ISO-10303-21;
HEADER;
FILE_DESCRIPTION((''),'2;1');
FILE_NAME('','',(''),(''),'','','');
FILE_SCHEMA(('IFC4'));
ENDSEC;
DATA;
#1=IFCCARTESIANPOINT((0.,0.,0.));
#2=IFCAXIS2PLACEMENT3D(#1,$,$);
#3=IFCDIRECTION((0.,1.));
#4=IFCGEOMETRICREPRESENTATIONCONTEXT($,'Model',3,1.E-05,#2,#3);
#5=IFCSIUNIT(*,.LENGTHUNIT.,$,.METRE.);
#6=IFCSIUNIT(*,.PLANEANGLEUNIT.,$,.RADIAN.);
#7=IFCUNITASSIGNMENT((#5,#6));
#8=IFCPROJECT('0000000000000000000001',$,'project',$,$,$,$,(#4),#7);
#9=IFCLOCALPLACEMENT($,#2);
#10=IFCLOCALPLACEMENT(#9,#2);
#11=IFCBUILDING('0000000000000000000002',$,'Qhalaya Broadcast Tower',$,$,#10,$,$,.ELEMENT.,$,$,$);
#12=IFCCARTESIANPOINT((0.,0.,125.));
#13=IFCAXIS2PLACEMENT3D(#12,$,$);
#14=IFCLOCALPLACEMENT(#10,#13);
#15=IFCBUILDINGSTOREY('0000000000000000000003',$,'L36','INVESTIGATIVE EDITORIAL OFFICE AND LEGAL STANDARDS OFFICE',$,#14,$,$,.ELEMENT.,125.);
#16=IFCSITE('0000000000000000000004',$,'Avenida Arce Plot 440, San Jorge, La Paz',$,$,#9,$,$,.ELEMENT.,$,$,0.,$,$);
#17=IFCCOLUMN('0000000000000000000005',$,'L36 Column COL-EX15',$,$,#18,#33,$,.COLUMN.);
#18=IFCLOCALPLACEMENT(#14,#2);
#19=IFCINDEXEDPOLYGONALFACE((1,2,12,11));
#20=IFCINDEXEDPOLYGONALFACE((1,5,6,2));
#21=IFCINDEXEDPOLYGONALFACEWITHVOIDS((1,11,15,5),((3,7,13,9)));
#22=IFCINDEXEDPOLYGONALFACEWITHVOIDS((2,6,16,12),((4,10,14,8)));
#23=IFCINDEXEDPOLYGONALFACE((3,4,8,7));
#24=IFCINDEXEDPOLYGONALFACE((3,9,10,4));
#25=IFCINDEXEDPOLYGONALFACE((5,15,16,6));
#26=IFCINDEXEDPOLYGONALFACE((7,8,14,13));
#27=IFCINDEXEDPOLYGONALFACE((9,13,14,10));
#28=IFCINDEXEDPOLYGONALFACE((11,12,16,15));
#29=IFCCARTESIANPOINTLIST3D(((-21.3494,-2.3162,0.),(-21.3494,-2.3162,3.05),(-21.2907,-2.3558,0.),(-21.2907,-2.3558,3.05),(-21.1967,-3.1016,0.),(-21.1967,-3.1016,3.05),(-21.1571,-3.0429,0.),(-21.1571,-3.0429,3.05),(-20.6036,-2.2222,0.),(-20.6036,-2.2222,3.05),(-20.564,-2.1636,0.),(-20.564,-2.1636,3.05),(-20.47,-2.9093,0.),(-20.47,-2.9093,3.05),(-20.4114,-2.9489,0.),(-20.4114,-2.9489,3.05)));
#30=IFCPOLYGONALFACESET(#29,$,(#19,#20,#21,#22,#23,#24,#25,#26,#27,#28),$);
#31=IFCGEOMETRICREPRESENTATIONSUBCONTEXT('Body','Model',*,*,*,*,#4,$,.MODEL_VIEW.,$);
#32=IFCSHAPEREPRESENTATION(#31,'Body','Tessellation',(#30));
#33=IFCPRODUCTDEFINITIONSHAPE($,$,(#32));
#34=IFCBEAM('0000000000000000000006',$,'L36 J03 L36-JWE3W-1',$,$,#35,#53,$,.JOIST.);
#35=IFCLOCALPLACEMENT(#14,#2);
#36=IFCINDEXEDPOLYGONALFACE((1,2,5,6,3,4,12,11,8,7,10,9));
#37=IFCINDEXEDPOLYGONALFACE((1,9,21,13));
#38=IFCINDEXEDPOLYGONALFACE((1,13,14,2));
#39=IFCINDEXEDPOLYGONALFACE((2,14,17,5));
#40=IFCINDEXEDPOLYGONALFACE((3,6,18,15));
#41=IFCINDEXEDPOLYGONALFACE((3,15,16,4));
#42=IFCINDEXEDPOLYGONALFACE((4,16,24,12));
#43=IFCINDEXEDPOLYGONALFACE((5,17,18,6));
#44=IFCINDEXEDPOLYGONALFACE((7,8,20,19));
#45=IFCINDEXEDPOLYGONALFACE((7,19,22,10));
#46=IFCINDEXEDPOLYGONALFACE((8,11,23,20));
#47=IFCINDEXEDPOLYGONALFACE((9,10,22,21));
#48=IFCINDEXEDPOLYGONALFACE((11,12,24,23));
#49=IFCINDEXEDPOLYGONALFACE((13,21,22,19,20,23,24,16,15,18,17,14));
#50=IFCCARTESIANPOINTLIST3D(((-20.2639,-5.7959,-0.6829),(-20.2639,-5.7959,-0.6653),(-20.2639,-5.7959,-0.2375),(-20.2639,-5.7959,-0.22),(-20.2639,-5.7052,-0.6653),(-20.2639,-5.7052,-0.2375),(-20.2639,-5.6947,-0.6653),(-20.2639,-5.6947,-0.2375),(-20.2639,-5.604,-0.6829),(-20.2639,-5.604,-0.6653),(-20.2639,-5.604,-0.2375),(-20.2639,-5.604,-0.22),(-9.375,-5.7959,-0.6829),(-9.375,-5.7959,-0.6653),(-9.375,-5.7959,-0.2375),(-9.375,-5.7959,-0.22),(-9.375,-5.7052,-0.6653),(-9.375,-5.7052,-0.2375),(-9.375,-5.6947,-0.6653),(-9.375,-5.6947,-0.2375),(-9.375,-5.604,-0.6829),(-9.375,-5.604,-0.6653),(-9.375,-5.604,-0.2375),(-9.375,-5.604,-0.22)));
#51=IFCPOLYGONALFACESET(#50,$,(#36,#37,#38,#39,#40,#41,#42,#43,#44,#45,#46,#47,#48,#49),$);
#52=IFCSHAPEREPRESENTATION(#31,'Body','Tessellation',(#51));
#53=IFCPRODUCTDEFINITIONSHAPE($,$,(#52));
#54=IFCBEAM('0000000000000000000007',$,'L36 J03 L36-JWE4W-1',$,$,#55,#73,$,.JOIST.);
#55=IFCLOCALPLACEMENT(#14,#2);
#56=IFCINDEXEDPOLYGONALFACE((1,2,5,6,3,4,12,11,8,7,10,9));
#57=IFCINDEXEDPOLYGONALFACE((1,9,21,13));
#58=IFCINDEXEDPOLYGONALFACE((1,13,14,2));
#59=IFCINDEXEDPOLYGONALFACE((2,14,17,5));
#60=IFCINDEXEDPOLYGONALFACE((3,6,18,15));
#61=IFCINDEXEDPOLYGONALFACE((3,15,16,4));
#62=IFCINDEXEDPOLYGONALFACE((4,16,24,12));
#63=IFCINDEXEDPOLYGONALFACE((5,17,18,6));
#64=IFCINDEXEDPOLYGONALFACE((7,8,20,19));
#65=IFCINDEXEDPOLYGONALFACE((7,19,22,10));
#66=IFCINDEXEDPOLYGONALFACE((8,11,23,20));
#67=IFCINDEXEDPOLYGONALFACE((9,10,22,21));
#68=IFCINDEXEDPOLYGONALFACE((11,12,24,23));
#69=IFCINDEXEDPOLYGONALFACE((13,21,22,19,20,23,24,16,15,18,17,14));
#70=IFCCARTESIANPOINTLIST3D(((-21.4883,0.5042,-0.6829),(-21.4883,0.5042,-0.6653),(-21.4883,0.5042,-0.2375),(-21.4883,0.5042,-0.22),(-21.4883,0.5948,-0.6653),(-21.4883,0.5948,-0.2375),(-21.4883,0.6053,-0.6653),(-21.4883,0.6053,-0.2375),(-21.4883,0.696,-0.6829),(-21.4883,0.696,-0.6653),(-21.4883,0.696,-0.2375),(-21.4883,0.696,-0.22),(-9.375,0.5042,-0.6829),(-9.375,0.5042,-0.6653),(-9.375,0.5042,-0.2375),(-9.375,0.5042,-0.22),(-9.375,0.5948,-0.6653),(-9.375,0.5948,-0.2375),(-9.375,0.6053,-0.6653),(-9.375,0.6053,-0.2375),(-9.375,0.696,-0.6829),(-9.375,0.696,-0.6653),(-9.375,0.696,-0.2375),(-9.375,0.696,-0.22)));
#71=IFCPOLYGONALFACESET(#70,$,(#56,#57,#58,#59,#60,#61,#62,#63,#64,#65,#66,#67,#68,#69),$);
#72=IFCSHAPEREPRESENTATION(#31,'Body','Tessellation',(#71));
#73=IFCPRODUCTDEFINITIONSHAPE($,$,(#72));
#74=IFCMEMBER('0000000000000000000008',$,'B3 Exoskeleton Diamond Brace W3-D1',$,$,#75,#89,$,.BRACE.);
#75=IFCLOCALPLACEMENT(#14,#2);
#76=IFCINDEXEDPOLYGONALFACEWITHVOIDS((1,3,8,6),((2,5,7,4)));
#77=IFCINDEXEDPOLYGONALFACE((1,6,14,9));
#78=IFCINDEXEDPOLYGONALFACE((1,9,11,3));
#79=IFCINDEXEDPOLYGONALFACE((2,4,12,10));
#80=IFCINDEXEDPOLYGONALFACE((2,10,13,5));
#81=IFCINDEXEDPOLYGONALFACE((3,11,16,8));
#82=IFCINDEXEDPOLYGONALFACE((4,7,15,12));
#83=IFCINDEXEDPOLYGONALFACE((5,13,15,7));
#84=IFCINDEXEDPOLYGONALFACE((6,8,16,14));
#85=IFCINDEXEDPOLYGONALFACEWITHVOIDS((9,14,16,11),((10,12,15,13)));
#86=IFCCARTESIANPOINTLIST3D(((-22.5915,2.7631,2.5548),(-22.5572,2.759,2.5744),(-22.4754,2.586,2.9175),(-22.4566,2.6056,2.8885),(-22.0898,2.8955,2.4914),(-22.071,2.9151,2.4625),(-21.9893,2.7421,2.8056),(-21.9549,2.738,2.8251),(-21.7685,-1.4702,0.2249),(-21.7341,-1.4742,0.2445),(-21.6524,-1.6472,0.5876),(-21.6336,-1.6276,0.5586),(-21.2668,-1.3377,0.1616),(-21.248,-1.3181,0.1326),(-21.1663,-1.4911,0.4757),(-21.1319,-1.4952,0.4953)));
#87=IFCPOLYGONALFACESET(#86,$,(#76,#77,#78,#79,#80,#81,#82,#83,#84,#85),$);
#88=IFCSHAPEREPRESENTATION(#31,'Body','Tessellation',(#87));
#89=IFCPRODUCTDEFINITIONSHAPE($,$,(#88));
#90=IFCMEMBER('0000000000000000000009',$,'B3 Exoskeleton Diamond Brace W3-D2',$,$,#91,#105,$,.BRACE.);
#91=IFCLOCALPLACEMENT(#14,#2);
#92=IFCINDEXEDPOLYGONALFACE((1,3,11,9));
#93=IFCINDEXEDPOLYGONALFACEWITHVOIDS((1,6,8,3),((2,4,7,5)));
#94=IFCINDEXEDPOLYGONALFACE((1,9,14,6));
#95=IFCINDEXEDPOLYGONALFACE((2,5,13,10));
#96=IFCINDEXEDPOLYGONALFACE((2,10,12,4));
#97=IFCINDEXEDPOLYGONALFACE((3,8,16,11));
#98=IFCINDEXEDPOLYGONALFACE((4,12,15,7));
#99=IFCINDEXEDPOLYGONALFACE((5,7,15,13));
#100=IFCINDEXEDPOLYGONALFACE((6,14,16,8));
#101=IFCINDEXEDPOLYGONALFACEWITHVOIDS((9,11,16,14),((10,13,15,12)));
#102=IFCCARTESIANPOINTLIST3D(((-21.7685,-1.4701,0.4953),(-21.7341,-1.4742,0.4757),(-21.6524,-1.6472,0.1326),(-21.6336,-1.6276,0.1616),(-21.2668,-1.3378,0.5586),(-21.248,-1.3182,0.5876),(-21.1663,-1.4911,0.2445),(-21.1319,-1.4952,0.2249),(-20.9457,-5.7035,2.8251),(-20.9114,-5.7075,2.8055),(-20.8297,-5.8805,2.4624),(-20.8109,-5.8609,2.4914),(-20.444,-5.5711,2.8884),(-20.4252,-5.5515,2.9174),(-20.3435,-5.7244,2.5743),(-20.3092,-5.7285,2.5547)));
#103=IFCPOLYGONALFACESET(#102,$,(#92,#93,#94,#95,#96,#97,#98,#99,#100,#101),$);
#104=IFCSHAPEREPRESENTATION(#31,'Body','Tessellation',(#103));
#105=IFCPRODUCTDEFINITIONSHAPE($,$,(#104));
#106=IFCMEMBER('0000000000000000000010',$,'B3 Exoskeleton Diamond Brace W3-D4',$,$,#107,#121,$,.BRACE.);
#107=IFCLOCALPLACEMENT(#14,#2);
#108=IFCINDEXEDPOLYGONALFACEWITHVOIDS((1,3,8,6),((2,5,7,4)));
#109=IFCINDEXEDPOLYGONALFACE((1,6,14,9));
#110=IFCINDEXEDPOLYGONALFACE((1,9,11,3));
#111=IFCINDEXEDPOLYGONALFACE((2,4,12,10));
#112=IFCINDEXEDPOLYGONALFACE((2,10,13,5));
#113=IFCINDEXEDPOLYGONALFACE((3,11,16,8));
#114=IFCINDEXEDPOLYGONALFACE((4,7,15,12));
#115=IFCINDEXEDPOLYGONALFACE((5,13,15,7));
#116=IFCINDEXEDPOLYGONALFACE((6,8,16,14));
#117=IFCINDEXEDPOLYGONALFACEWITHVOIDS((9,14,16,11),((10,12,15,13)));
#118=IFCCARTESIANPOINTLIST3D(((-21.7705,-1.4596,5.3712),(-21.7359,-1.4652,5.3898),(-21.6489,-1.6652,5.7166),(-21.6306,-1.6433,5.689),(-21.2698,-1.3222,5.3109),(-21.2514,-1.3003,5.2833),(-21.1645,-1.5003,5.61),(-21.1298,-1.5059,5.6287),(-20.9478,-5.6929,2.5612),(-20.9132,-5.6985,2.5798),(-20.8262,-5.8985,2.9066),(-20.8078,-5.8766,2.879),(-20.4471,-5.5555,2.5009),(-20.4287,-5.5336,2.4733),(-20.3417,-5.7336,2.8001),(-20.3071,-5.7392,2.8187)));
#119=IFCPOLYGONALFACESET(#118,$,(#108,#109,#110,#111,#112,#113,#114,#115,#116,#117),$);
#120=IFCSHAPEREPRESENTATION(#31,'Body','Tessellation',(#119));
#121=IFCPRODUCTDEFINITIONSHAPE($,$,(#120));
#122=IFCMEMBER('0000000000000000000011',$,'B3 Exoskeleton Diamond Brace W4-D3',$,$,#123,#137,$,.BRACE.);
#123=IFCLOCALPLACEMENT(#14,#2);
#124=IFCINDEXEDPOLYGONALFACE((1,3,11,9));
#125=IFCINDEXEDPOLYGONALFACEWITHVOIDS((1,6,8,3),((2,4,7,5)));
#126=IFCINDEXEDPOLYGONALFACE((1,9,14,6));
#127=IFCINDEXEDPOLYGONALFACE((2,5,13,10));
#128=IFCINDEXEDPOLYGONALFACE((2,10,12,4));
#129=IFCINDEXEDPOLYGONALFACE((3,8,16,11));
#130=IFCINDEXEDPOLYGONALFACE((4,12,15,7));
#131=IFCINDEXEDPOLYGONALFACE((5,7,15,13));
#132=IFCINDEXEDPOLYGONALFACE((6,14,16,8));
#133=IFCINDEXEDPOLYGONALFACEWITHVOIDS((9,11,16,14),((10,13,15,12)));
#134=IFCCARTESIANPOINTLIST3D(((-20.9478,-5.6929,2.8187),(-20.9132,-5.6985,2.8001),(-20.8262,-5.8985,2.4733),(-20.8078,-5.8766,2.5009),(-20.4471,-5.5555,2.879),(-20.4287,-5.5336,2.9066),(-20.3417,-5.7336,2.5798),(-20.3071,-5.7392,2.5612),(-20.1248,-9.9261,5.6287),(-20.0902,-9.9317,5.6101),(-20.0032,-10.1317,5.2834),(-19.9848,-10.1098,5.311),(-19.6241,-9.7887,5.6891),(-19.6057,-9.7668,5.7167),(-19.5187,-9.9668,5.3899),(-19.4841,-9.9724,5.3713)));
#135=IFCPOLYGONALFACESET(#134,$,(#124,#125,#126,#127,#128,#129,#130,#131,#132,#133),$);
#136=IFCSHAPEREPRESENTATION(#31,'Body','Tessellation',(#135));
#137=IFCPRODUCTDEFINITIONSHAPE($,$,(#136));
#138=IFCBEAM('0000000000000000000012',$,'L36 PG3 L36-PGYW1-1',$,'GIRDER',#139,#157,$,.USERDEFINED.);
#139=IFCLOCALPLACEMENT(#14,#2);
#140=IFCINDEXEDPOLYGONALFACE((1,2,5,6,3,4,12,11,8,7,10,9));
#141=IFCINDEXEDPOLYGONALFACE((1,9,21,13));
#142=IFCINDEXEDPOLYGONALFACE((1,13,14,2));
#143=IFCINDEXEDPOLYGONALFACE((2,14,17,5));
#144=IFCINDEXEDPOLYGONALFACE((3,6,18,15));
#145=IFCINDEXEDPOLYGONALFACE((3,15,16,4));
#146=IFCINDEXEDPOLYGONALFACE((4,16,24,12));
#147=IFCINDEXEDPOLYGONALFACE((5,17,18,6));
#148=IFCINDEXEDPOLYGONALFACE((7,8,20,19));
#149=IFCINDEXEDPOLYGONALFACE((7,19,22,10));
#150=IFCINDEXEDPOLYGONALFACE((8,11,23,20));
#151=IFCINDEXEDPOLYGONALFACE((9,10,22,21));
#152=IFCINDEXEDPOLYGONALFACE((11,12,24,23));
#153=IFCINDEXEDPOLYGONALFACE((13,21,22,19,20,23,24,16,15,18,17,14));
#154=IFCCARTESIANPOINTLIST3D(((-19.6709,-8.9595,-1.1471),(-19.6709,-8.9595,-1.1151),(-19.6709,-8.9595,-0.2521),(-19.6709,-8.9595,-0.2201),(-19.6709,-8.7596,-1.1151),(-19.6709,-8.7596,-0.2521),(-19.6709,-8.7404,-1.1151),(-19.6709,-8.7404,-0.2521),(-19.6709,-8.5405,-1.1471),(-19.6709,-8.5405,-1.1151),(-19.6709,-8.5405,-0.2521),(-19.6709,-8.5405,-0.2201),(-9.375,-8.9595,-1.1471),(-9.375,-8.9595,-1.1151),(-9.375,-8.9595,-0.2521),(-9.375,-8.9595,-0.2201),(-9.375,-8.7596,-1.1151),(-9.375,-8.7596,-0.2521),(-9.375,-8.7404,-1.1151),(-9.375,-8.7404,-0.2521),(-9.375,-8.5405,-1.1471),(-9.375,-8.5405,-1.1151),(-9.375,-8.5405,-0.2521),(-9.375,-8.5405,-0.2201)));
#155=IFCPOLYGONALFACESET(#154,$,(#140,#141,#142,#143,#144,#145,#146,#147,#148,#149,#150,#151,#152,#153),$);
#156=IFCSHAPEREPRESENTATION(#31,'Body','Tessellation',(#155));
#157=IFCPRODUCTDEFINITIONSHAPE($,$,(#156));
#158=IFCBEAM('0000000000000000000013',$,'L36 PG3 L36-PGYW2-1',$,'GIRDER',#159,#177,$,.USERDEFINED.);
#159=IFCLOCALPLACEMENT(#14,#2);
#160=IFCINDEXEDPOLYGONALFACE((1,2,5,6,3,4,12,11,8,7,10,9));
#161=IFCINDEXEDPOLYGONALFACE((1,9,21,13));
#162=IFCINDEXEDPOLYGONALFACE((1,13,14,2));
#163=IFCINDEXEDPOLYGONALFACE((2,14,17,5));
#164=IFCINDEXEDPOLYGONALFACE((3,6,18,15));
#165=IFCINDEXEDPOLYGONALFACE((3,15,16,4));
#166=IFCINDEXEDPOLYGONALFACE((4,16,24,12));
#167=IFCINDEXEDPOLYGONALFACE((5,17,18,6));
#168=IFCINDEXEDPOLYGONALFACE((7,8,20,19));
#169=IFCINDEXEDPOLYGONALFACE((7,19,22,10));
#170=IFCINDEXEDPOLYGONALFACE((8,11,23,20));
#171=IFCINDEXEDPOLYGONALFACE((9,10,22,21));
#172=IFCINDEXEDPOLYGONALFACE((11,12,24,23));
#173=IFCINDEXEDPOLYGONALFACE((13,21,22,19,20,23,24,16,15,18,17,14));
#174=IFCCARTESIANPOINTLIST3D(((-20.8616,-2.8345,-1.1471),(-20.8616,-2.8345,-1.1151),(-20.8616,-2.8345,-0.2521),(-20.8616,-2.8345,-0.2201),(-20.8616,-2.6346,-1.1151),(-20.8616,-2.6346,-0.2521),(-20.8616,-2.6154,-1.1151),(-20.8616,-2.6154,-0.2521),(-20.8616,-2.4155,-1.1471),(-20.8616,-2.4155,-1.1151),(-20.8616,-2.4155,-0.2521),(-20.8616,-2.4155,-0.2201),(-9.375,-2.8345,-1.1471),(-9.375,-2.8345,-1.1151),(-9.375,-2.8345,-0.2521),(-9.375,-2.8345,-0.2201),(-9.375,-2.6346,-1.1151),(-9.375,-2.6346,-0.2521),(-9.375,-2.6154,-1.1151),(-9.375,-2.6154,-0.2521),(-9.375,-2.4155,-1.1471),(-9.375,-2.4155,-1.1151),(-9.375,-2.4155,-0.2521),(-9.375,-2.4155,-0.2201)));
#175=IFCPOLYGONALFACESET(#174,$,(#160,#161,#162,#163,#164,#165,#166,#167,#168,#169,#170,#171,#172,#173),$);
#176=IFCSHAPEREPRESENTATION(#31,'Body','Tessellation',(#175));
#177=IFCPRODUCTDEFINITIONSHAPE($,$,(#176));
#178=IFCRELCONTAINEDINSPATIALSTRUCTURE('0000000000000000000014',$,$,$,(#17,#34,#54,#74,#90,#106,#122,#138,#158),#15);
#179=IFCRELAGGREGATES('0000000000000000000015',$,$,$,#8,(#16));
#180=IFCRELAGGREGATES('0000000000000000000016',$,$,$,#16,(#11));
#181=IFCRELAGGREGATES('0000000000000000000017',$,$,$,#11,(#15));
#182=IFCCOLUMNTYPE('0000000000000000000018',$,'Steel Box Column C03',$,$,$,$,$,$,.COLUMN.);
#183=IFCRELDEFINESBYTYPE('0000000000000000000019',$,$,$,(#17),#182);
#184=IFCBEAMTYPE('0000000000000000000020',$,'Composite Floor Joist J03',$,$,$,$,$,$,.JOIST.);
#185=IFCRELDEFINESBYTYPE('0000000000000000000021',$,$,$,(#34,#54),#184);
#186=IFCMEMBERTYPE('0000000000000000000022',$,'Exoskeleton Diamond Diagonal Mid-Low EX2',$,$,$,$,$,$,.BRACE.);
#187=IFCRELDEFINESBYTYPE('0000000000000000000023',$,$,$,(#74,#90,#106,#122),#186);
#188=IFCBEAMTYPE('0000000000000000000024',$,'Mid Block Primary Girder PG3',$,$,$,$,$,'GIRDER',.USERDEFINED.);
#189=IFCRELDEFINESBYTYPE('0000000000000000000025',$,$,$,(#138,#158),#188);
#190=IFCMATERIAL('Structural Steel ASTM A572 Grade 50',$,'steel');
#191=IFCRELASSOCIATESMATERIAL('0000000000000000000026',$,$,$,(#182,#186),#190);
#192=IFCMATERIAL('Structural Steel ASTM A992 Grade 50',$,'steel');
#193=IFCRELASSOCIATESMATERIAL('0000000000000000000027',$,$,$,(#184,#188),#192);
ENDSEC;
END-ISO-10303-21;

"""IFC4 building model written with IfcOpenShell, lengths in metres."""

from ifc_helpers import new_model, si_unit, direction, frame, origin, origin_2d, place, context, subcontext, project, spatial, hollow_rectangle, i_section, extrude, material, material_profile, profile_set, type_object, element, save


model = new_model("IFC4")

# Units and contexts
model_context = context("Model", 3, precision=1e-05, world=origin(), true_north=direction((0.0, 1.0)))
body_context = subcontext(model_context, "Body", "Model", "MODEL_VIEW")
ifc_project = project(units=[si_unit("LENGTHUNIT", "METRE"), si_unit("PLANEANGLEUNIT", "RADIAN")], contexts=[model_context])

# Site, building, storey
site_placement = place(None, origin())
site = spatial("IfcSite", under=ifc_project, at=site_placement, Name="Avenida Arce Plot 440, San Jorge, La Paz", CompositionType="ELEMENT", RefElevation=0.0)
building_placement = place(site_placement, origin())
building = spatial("IfcBuilding", under=site, at=building_placement, Name="Qhalaya Broadcast Tower", CompositionType="ELEMENT")
storey_placement = place(building_placement, frame((0.0, 0.0, 125.0)))
storey = spatial("IfcBuildingStorey", under=building, at=storey_placement, Name="L36", Description="INVESTIGATIVE EDITORIAL OFFICE AND LEGAL STANDARDS OFFICE", CompositionType="ELEMENT", Elevation=125.0)

# Column
ifc_material_1 = material(Name="Structural Steel ASTM A572 Grade 50", Category="steel")
ifc_material_profile_1 = material_profile(ifc_material_1, hollow_rectangle(XDim=0.8, YDim=0.8, WallThickness=0.05, at=origin_2d()), Name="BOX 800x800x50")
ifc_profile_set_1 = profile_set([ifc_material_profile_1], Name="Structural Steel ASTM A572 Grade 50")
column_type = type_object("IfcColumnType", Name="Steel Box Column C03", PredefinedType="COLUMN", material=ifc_profile_set_1)
column_placement = place(storey_placement, frame((-20.8804, -2.6326, 0.0), z_axis=(0.0, 0.0, 1.0), x_axis=(-0.190809, 0.981627, 0.0)))
element("IfcColumn", 1, at=column_placement, inside=storey, type_object=column_type, Name="L36 Column COL-EX15", PredefinedType="COLUMN", context=body_context, shape_type="SweptSolid", body=[
    extrude(hollow_rectangle(XDim=0.8, YDim=0.8, WallThickness=0.05, at=origin_2d()), origin(), (0.0, 0.0, 1.0), 3.05),
])

# Beams
ifc_material_2 = material(Name="Structural Steel ASTM A992 Grade 50", Category="steel")
ifc_material_profile_2 = material_profile(ifc_material_2, i_section(OverallWidth=0.1919, OverallDepth=0.4629, WebThickness=0.0105, FlangeThickness=0.0176, at=origin_2d()), Name="W18X60")
ifc_profile_set_2 = profile_set([ifc_material_profile_2], Name="Structural Steel ASTM A992 Grade 50")
beam_type_1 = type_object("IfcBeamType", Name="Composite Floor Joist J03", PredefinedType="JOIST", material=ifc_profile_set_2)
beam_1_placement = place(storey_placement, frame((-20.2639, -5.7, -0.4514), z_axis=(1.0, 0.0, 0.0), x_axis=(0.0, 1.0, 0.0)))
element("IfcBeam", 2, at=beam_1_placement, inside=storey, type_object=beam_type_1, Name="L36 J03 L36-JWE3W-1", PredefinedType="JOIST", context=body_context, shape_type="SweptSolid", body=[
    extrude(i_section(OverallWidth=0.1919, OverallDepth=0.4629, WebThickness=0.0105, FlangeThickness=0.0176, at=origin_2d()), origin(), (0.0, 0.0, 1.0), 10.8889),
])
beam_2_placement = place(storey_placement, frame((-21.4883, 0.6001, -0.4514), z_axis=(1.0, 0.0, 0.0), x_axis=(0.0, 1.0, 0.0)))
element("IfcBeam", 3, at=beam_2_placement, inside=storey, type_object=beam_type_1, Name="L36 J03 L36-JWE4W-1", PredefinedType="JOIST", context=body_context, shape_type="SweptSolid", body=[
    extrude(i_section(OverallWidth=0.1919, OverallDepth=0.4629, WebThickness=0.0105, FlangeThickness=0.0176, at=origin_2d()), origin(), (0.0, 0.0, 1.0), 12.1133),
])

# Members
ifc_material_profile_3 = material_profile(ifc_material_1, hollow_rectangle(XDim=0.4199, YDim=0.55, WallThickness=0.0281, at=origin_2d()), Name="BOX 420x550x28")
ifc_profile_set_3 = profile_set([ifc_material_profile_3], Name="Structural Steel ASTM A572 Grade 50")
member_type = type_object("IfcMemberType", Name="Exoskeleton Diamond Diagonal Mid-Low EX2", PredefinedType="BRACE", material=ifc_profile_set_3)
for number, where, z_axis, x_axis, name in (
    (4, (-21.4502, -1.4827, 0.3601), (-0.167906, 0.863638, 0.475327), (0.276349, -0.421604, 0.863644), "B3 Exoskeleton Diamond Brace W3-D1"),
    (5, (-21.4502, -1.4827, 0.3601), (0.167851, -0.863658, 0.475311), (-0.276318, 0.421606, 0.863653), "B3 Exoskeleton Diamond Brace W3-D2"),
):
    element("IfcMember", number, at=place(storey_placement, frame(where, z_axis=z_axis, x_axis=x_axis)), inside=storey, type_object=member_type, Name=name, PredefinedType="BRACE", context=body_context, shape_type="SweptSolid", body=[
        extrude(hollow_rectangle(XDim=0.4199, YDim=0.55, WallThickness=0.0281, at=origin_2d()), origin(), (0.0, 0.0, 1.0), 4.9016),
    ])
for number, where, z_axis, x_axis, name in (
    (6, (-20.6274, -5.7161, 2.6899), (-0.159841, 0.822445, 0.545925), (0.289542, -0.48965, 0.82244), "B3 Exoskeleton Diamond Brace W3-D4"),
    (7, (-20.6274, -5.7161, 2.6899), (0.159893, -0.822424, 0.545943), (-0.289578, 0.489647, 0.822429), "B3 Exoskeleton Diamond Brace W4-D3"),
):
    element("IfcMember", number, at=place(storey_placement, frame(where, z_axis=z_axis, x_axis=x_axis)), inside=storey, type_object=member_type, Name=name, PredefinedType="BRACE", context=body_context, shape_type="SweptSolid", body=[
        extrude(hollow_rectangle(XDim=0.4199, YDim=0.55, WallThickness=0.0281, at=origin_2d()), origin(), (0.0, 0.0, 1.0), 5.1472),
    ])

# Beams
ifc_material_profile_4 = material_profile(ifc_material_2, i_section(OverallWidth=0.4189, OverallDepth=0.927, WebThickness=0.0193, FlangeThickness=0.032, at=origin_2d()), Name="W36X231")
ifc_profile_set_4 = profile_set([ifc_material_profile_4], Name="Structural Steel ASTM A992 Grade 50")
beam_type_2 = type_object("IfcBeamType", Name="Mid Block Primary Girder PG3", ElementType="GIRDER", PredefinedType="USERDEFINED", material=ifc_profile_set_4)
beam_3_placement = place(storey_placement, frame((-19.6709, -8.75, -0.6836), z_axis=(1.0, 0.0, 0.0), x_axis=(0.0, 1.0, 0.0)))
element("IfcBeam", 8, at=beam_3_placement, inside=storey, type_object=beam_type_2, Name="L36 PG3 L36-PGYW1-1", ObjectType="GIRDER", PredefinedType="USERDEFINED", context=body_context, shape_type="SweptSolid", body=[
    extrude(i_section(OverallWidth=0.4189, OverallDepth=0.927, WebThickness=0.0193, FlangeThickness=0.032, at=origin_2d()), origin(), (0.0, 0.0, 1.0), 10.2959),
])
beam_4_placement = place(storey_placement, frame((-20.8616, -2.625, -0.6836), z_axis=(1.0, 0.0, 0.0), x_axis=(0.0, 1.0, 0.0)))
element("IfcBeam", 9, at=beam_4_placement, inside=storey, type_object=beam_type_2, Name="L36 PG3 L36-PGYW2-1", ObjectType="GIRDER", PredefinedType="USERDEFINED", context=body_context, shape_type="SweptSolid", body=[
    extrude(i_section(OverallWidth=0.4189, OverallDepth=0.927, WebThickness=0.0193, FlangeThickness=0.032, at=origin_2d()), origin(), (0.0, 0.0, 1.0), 11.4866),
])

save(model, "model.ifc")
